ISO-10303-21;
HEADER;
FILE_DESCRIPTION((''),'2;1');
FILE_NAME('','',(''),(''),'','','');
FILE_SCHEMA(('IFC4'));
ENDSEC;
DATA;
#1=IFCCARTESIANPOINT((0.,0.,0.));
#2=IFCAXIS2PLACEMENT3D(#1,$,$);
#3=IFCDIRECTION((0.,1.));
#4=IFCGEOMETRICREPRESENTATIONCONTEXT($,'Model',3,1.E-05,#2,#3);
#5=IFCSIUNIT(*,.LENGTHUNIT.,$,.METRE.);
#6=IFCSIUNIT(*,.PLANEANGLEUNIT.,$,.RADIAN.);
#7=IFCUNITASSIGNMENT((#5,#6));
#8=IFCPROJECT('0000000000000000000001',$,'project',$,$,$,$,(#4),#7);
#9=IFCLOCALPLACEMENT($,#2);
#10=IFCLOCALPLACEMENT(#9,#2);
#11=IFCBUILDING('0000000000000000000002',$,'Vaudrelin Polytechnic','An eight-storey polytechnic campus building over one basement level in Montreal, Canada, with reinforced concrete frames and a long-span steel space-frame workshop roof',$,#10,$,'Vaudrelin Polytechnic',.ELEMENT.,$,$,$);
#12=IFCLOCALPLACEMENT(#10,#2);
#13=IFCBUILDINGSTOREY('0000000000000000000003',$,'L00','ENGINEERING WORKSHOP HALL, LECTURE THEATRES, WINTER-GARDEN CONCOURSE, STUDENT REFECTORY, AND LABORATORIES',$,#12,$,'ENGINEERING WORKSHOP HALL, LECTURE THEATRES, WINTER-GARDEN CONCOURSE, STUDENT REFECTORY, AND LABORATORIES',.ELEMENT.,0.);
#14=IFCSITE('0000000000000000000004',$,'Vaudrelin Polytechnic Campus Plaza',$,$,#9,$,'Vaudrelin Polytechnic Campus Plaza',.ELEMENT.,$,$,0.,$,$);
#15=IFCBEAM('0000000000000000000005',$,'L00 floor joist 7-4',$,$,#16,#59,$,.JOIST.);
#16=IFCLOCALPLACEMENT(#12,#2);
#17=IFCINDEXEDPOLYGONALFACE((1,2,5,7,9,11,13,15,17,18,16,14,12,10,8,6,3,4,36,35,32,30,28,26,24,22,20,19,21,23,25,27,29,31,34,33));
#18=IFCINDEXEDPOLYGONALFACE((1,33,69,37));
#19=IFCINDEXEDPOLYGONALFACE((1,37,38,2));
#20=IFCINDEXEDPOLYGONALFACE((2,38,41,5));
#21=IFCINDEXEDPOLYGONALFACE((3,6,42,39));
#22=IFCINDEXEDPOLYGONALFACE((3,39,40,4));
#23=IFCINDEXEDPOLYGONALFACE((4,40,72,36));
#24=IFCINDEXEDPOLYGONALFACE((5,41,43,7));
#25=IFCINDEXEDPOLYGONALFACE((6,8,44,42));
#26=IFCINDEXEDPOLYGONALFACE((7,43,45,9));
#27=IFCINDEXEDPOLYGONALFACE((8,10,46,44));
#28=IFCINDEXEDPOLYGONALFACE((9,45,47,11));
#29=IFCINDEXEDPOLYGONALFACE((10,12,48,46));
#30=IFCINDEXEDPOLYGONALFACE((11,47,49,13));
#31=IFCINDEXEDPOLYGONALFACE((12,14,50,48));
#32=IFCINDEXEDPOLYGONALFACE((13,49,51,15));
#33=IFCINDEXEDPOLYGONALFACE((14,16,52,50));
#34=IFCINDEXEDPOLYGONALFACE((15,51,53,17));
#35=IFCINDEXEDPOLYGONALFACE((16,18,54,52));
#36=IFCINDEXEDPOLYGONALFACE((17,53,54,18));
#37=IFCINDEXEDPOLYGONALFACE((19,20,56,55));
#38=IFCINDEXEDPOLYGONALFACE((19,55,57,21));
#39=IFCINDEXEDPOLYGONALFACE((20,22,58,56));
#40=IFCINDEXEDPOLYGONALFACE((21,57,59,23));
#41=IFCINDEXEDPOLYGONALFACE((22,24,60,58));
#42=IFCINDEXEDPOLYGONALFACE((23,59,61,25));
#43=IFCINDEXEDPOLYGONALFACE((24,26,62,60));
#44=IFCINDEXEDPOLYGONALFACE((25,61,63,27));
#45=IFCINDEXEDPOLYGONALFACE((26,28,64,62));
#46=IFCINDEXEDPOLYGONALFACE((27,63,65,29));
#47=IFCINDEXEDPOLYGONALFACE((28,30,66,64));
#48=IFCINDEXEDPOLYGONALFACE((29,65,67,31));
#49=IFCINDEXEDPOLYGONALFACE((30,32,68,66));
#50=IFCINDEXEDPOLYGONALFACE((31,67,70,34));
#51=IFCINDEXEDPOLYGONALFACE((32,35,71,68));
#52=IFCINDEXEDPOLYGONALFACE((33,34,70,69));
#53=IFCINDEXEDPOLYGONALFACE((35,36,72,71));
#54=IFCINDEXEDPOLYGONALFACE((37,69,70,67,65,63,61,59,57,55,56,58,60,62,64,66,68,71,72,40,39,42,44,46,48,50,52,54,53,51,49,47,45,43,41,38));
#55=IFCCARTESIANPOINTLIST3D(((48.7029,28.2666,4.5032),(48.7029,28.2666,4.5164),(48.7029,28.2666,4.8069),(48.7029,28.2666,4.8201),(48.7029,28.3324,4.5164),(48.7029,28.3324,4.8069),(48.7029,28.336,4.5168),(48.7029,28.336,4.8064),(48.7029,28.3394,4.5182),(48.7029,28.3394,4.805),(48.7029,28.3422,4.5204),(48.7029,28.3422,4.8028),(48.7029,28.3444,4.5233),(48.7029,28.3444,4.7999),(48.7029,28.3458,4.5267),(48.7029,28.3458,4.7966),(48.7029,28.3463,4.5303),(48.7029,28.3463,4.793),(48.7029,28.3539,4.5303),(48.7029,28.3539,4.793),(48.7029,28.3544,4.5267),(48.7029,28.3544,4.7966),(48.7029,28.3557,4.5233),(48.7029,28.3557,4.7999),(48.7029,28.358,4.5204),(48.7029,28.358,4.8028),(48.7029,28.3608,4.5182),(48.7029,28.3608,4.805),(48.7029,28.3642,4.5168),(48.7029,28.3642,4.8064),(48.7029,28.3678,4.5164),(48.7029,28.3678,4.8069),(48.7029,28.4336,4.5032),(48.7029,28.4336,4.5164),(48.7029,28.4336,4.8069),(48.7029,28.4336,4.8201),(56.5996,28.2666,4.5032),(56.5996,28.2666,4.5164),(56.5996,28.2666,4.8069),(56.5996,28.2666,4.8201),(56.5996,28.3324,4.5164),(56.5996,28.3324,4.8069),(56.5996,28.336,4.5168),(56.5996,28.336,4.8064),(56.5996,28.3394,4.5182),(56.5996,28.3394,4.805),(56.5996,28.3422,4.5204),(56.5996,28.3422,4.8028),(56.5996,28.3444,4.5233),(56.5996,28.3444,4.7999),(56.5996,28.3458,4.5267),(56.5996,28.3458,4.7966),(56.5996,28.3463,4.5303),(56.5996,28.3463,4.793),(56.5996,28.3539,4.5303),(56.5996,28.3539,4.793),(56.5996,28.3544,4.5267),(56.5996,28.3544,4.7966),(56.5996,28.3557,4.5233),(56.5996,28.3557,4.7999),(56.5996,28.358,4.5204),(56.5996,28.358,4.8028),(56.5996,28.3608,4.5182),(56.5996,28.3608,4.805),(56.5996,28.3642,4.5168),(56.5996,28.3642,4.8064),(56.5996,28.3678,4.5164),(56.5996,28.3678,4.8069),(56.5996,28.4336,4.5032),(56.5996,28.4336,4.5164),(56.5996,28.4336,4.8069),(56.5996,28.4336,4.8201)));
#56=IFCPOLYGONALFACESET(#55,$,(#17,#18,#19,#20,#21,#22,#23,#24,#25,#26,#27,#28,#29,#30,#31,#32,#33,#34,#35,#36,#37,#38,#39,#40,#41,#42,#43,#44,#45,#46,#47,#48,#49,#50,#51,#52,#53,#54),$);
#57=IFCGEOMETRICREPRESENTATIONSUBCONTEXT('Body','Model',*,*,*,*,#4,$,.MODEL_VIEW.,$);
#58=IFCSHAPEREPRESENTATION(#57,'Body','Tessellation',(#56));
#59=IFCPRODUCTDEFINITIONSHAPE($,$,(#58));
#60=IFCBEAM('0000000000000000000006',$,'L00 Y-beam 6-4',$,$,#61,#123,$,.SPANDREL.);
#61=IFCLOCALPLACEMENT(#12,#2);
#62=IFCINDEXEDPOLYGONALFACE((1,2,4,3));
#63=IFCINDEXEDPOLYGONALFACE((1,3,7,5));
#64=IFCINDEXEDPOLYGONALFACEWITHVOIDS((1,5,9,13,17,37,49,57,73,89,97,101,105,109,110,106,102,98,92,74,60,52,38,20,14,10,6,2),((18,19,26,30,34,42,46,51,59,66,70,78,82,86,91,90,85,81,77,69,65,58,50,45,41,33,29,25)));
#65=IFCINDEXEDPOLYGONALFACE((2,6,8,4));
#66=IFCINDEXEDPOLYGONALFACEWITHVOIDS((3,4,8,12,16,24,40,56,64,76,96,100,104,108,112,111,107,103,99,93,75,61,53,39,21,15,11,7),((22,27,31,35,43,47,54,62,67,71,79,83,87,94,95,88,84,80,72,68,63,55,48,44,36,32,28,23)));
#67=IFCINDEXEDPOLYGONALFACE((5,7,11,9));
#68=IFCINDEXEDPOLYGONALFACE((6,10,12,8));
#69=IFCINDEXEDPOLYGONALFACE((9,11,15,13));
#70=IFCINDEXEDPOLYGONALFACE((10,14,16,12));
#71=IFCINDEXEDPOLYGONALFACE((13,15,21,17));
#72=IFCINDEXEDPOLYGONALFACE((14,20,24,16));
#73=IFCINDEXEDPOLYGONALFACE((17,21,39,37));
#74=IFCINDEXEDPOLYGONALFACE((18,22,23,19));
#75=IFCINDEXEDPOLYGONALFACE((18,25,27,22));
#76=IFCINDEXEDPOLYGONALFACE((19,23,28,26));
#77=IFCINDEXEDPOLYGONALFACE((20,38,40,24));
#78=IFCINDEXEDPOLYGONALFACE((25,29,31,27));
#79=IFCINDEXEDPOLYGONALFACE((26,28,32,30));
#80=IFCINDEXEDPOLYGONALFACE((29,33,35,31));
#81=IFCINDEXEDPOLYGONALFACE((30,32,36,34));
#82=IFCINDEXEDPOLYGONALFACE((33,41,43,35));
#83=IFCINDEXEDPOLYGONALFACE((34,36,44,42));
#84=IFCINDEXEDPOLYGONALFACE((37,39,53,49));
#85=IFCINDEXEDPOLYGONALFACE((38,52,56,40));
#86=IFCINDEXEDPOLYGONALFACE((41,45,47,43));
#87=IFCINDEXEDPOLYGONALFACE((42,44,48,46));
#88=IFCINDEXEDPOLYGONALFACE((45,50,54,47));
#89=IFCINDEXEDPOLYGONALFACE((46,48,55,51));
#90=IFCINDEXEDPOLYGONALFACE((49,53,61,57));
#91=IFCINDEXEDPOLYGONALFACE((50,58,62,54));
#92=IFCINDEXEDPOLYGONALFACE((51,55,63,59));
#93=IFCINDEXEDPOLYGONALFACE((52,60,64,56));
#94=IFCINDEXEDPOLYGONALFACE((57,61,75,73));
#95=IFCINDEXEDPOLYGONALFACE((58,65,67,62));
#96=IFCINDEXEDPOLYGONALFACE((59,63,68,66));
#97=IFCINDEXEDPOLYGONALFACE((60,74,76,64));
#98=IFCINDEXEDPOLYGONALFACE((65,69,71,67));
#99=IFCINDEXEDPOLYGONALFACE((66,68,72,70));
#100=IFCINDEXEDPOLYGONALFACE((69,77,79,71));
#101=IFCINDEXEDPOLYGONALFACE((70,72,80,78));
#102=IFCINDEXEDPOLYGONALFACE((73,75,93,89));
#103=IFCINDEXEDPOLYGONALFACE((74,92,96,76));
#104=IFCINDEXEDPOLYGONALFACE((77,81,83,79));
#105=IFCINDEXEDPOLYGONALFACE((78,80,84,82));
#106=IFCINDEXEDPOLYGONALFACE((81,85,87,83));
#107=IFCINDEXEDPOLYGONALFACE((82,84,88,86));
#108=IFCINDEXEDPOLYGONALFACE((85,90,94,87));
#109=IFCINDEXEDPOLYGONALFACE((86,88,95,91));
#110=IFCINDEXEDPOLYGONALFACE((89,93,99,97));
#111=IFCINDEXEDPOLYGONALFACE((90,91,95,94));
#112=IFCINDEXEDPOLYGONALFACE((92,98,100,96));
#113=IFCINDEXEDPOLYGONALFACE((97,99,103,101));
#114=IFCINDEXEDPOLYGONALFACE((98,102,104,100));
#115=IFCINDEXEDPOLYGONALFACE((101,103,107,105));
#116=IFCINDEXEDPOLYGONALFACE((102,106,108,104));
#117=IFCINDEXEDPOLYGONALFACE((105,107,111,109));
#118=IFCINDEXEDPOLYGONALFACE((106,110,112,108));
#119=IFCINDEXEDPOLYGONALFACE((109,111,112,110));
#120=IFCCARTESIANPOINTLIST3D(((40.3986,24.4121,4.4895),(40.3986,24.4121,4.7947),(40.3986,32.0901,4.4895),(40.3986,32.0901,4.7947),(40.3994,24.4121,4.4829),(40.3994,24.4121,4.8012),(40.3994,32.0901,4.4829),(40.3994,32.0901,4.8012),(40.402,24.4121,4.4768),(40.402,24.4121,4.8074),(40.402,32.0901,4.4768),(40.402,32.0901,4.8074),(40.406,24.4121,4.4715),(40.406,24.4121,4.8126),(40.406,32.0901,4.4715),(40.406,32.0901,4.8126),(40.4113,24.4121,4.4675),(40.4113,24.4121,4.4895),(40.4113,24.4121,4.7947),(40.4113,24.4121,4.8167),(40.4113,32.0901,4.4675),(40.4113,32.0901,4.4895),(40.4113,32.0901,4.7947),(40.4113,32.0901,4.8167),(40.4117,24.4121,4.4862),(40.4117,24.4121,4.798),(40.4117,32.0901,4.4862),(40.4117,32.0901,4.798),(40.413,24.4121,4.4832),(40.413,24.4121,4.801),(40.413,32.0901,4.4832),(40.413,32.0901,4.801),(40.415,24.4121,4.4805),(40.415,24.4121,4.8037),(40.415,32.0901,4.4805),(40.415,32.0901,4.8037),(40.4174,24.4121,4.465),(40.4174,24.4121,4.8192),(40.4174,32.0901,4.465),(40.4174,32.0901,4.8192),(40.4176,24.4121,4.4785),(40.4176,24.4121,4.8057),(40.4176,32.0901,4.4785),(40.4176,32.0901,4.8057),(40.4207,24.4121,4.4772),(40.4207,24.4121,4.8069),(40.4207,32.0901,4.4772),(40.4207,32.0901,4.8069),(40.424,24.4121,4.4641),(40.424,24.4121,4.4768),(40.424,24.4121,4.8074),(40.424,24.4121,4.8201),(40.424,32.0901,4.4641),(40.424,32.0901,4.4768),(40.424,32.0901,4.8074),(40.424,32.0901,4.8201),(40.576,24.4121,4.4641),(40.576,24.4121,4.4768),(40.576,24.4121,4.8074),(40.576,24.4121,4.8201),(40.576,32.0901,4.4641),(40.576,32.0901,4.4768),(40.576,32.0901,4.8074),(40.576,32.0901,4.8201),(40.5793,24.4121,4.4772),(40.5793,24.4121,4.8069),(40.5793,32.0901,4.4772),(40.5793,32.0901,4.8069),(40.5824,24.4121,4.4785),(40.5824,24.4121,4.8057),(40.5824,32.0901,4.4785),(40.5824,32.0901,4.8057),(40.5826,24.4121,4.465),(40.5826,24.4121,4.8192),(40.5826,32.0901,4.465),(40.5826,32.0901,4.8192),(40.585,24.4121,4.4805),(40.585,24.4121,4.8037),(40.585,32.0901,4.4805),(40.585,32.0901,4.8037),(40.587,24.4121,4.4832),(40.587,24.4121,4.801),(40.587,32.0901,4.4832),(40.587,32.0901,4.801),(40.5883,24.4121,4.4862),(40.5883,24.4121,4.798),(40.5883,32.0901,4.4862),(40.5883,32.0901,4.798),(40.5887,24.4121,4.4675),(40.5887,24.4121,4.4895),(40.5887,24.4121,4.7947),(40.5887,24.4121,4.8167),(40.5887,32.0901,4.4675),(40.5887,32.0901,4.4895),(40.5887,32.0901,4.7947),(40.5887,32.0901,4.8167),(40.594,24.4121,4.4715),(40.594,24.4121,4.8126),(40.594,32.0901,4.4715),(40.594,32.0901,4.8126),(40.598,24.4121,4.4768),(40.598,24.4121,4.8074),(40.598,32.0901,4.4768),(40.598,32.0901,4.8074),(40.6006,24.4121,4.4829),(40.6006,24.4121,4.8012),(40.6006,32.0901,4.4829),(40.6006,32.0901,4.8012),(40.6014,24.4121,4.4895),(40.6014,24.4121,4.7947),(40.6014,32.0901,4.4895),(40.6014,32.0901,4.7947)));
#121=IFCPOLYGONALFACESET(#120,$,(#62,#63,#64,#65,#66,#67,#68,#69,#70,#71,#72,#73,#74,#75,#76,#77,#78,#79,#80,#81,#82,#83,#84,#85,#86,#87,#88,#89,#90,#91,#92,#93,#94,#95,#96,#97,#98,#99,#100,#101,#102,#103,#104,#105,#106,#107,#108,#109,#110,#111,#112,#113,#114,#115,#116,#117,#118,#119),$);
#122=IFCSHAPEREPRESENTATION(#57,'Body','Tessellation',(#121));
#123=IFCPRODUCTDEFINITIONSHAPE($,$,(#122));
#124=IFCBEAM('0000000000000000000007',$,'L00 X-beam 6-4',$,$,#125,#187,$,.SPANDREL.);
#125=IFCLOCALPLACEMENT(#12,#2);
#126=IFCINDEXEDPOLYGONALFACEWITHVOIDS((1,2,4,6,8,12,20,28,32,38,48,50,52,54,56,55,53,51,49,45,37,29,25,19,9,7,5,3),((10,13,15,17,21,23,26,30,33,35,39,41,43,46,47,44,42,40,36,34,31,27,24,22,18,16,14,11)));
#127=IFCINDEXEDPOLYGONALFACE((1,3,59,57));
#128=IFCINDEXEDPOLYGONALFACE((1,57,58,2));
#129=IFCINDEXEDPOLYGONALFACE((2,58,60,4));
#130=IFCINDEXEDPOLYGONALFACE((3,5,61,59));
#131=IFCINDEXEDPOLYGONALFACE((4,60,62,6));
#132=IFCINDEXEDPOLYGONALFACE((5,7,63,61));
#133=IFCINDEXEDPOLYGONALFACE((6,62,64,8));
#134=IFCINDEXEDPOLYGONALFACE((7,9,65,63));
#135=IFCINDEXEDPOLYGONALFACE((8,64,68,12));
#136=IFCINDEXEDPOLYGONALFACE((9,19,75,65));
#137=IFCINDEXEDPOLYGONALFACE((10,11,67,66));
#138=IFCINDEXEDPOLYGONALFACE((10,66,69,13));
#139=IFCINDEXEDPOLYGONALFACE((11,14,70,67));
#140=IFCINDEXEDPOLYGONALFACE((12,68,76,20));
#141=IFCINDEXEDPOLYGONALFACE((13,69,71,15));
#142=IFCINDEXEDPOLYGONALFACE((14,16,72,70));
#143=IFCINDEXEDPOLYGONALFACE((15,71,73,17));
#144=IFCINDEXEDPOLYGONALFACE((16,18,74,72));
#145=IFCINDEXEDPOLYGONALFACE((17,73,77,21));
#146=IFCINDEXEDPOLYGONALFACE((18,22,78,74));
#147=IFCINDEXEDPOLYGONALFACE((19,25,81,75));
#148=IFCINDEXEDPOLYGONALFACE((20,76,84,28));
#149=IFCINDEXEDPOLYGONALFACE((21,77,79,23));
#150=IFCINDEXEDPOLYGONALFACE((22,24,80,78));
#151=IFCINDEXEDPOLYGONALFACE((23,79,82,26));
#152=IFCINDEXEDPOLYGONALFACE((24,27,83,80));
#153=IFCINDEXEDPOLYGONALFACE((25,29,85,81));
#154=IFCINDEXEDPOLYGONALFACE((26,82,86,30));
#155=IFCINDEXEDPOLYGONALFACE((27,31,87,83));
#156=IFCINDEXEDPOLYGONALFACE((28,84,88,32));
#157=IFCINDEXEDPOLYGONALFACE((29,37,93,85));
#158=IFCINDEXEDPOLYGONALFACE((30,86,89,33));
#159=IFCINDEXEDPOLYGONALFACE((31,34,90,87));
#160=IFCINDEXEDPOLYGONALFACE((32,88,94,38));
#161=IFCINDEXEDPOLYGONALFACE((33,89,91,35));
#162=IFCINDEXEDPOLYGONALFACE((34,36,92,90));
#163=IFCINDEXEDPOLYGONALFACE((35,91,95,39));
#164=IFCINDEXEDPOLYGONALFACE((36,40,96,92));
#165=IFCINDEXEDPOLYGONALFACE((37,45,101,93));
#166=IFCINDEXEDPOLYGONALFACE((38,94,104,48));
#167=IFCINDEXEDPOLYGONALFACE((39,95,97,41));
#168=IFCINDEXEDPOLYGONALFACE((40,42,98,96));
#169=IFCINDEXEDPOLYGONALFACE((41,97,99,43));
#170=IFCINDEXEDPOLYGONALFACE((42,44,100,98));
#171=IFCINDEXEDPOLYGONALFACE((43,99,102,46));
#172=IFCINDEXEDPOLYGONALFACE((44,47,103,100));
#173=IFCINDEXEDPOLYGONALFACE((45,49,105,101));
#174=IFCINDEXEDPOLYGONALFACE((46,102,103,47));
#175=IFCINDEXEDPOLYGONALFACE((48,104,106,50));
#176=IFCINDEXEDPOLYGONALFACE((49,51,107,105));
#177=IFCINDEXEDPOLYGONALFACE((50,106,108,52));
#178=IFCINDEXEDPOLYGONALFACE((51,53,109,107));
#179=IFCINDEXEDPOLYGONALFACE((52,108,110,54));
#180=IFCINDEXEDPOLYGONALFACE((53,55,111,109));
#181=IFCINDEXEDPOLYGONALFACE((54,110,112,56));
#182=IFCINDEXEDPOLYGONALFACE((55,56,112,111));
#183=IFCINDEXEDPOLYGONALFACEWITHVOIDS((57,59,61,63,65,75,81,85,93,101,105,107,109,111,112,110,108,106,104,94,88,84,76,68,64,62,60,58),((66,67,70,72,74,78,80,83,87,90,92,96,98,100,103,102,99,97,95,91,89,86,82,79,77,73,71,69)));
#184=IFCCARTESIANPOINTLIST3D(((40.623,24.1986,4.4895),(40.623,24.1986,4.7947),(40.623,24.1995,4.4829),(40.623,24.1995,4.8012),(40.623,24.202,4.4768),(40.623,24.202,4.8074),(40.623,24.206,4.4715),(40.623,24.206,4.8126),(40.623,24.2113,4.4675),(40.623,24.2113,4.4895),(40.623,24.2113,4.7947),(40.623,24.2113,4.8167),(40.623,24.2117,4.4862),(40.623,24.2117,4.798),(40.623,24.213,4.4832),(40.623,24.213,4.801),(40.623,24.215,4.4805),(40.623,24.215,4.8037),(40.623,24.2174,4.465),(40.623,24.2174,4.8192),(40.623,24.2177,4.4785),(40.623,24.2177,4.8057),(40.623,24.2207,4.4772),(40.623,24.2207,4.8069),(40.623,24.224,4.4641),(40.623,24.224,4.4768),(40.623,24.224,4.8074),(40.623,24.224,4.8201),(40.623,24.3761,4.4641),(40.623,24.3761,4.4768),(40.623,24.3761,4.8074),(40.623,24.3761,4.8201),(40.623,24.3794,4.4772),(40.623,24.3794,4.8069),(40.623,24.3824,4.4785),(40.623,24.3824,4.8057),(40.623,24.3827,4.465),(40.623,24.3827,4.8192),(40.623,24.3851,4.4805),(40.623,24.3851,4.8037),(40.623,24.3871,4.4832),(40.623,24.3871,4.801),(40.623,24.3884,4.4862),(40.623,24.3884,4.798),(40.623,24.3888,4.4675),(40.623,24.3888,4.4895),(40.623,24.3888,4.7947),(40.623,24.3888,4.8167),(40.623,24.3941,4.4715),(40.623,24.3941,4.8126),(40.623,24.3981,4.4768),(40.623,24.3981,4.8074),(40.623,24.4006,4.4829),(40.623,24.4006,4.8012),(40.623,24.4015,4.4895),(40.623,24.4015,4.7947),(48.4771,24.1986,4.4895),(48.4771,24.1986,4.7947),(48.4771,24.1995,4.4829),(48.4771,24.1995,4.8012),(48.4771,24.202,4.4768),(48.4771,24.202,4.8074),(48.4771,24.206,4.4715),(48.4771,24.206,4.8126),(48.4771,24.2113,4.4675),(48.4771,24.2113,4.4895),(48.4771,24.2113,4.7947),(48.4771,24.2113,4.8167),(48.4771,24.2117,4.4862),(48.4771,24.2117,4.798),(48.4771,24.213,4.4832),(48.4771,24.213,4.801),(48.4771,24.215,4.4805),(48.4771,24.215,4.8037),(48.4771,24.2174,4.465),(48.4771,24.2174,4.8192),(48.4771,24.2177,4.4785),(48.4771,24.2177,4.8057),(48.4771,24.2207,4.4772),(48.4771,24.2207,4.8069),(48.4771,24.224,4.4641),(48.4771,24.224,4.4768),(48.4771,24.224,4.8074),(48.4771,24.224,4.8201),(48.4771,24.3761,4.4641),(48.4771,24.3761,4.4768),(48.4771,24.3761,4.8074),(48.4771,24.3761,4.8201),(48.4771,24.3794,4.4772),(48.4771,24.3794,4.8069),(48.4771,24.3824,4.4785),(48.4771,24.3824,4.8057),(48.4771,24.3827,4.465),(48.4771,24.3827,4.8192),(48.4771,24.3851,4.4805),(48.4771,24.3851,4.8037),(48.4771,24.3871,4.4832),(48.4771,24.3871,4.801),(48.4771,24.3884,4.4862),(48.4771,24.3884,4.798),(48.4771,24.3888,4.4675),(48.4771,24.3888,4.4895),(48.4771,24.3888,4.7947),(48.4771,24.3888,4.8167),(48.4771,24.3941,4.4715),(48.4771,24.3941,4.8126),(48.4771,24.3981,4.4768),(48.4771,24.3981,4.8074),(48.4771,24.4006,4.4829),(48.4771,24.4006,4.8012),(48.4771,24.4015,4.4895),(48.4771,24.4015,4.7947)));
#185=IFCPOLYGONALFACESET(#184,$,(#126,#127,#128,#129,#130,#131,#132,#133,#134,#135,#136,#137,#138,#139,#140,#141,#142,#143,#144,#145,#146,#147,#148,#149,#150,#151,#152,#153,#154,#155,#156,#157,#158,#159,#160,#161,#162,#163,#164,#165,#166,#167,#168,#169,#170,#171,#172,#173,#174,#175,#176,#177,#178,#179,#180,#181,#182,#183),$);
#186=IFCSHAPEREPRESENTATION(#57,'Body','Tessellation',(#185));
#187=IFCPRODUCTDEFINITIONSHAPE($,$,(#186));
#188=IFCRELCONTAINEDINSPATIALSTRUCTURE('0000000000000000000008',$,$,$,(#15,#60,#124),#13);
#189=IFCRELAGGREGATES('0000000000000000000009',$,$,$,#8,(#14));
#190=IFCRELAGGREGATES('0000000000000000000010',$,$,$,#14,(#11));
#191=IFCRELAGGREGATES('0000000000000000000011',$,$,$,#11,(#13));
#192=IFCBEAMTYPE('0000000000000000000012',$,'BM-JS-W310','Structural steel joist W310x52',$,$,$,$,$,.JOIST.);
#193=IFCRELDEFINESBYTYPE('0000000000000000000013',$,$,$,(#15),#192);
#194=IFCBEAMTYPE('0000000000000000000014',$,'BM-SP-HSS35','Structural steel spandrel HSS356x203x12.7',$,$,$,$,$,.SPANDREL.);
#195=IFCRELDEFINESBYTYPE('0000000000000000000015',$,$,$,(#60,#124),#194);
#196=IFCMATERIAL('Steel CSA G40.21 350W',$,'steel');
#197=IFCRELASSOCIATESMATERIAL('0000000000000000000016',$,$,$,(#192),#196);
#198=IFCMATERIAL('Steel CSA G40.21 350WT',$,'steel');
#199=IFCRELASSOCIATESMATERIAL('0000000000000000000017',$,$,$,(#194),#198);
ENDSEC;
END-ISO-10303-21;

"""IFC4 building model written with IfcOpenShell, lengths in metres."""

from ifc_helpers import new_model, si_unit, direction, frame, origin, origin_2d, place, context, subcontext, project, spatial, hollow_rectangle, i_section, extrude, material, material_profile, profile_set, type_object, element, save


model = new_model("IFC4")

# Units and contexts
model_context = context("Model", 3, precision=1e-05, world=origin(), true_north=direction((0.0, 1.0)))
body_context = subcontext(model_context, "Body", "Model", "MODEL_VIEW")
ifc_project = project(units=[si_unit("LENGTHUNIT", "METRE"), si_unit("PLANEANGLEUNIT", "RADIAN")], contexts=[model_context])

# Site, building, storey
site_placement = place(None, origin())
site = spatial("IfcSite", under=ifc_project, at=site_placement, Name="Vaudrelin Polytechnic Campus Plaza", LongName="Vaudrelin Polytechnic Campus Plaza", CompositionType="ELEMENT", RefElevation=0.0)
building_placement = place(site_placement, origin())
building = spatial("IfcBuilding", under=site, at=building_placement, Name="Vaudrelin Polytechnic", Description="An eight-storey polytechnic campus building over one basement level in Montreal, Canada, with reinforced concrete frames and a long-span steel space-frame workshop roof", LongName="Vaudrelin Polytechnic", CompositionType="ELEMENT")
storey_placement = place(building_placement, origin())
storey = spatial("IfcBuildingStorey", under=building, at=storey_placement, Name="L00", Description="ENGINEERING WORKSHOP HALL, LECTURE THEATRES, WINTER-GARDEN CONCOURSE, STUDENT REFECTORY, AND LABORATORIES", LongName="ENGINEERING WORKSHOP HALL, LECTURE THEATRES, WINTER-GARDEN CONCOURSE, STUDENT REFECTORY, AND LABORATORIES", CompositionType="ELEMENT", Elevation=0.0)

# Shared definitions
ifc_material_1 = material(Name="Steel CSA G40.21 350W", Category="steel")

# Beams
ifc_material_2 = material(Name="Steel CSA G40.21 350WT", Category="steel")
ifc_material_profile_1 = material_profile(ifc_material_1, i_section(OverallWidth=0.167, OverallDepth=0.3169, WebThickness=0.0076, FlangeThickness=0.0132, FilletRadius=0.0139, at=origin_2d()), Name="W310x52")
ifc_profile_set_1 = profile_set([ifc_material_profile_1], Name="Steel CSA G40.21 350W")
beam_type_1 = type_object("IfcBeamType", Name="BM-JS-W310", Description="Structural steel joist W310x52", PredefinedType="JOIST", material=ifc_profile_set_1)
beam_1_placement = place(storey_placement, frame((48.7029, 28.3501, 4.6616), z_axis=(1.0, 0.0, 0.0), x_axis=(0.0, 1.0, 0.0)))
element("IfcBeam", 1, at=beam_1_placement, inside=storey, type_object=beam_type_1, Name="L00 floor joist 7-4", PredefinedType="JOIST", context=body_context, shape_type="SweptSolid", body=[
    extrude(i_section(OverallWidth=0.167, OverallDepth=0.3169, WebThickness=0.0076, FlangeThickness=0.0132, FilletRadius=0.0139, at=origin_2d()), origin(), (0.0, 0.0, 1.0), 7.8967),
])
ifc_material_profile_2 = material_profile(ifc_material_2, hollow_rectangle(XDim=0.2029, YDim=0.356, WallThickness=0.0127, InnerFilletRadius=0.0127, OuterFilletRadius=0.0254, at=origin_2d()), Name="HSS356x203x12.7")
ifc_profile_set_2 = profile_set([ifc_material_profile_2], Name="Steel CSA G40.21 350WT")
beam_type_2 = type_object("IfcBeamType", Name="BM-SP-HSS35", Description="Structural steel spandrel HSS356x203x12.7", PredefinedType="SPANDREL", material=ifc_profile_set_2)
beam_2_placement = place(storey_placement, frame((40.5, 24.4121, 4.6421), z_axis=(0.0, 1.0, 0.0), x_axis=(-1.0, 0.0, 0.0)))
element("IfcBeam", 2, at=beam_2_placement, inside=storey, type_object=beam_type_2, Name="L00 Y-beam 6-4", PredefinedType="SPANDREL", context=body_context, shape_type="SweptSolid", body=[
    extrude(hollow_rectangle(XDim=0.2029, YDim=0.356, WallThickness=0.0127, InnerFilletRadius=0.0127, OuterFilletRadius=0.0254, at=origin_2d()), origin(), (0.0, 0.0, 1.0), 7.678),
])
beam_3_placement = place(storey_placement, frame((40.623, 24.3, 4.6421), z_axis=(1.0, 0.0, 0.0), x_axis=(0.0, 1.0, 0.0)))
element("IfcBeam", 3, at=beam_3_placement, inside=storey, type_object=beam_type_2, Name="L00 X-beam 6-4", PredefinedType="SPANDREL", context=body_context, shape_type="SweptSolid", body=[
    extrude(hollow_rectangle(XDim=0.2029, YDim=0.356, WallThickness=0.0127, InnerFilletRadius=0.0127, OuterFilletRadius=0.0254, at=origin_2d()), origin(), (0.0, 0.0, 1.0), 7.854),
])

save(model, "model.ifc")
